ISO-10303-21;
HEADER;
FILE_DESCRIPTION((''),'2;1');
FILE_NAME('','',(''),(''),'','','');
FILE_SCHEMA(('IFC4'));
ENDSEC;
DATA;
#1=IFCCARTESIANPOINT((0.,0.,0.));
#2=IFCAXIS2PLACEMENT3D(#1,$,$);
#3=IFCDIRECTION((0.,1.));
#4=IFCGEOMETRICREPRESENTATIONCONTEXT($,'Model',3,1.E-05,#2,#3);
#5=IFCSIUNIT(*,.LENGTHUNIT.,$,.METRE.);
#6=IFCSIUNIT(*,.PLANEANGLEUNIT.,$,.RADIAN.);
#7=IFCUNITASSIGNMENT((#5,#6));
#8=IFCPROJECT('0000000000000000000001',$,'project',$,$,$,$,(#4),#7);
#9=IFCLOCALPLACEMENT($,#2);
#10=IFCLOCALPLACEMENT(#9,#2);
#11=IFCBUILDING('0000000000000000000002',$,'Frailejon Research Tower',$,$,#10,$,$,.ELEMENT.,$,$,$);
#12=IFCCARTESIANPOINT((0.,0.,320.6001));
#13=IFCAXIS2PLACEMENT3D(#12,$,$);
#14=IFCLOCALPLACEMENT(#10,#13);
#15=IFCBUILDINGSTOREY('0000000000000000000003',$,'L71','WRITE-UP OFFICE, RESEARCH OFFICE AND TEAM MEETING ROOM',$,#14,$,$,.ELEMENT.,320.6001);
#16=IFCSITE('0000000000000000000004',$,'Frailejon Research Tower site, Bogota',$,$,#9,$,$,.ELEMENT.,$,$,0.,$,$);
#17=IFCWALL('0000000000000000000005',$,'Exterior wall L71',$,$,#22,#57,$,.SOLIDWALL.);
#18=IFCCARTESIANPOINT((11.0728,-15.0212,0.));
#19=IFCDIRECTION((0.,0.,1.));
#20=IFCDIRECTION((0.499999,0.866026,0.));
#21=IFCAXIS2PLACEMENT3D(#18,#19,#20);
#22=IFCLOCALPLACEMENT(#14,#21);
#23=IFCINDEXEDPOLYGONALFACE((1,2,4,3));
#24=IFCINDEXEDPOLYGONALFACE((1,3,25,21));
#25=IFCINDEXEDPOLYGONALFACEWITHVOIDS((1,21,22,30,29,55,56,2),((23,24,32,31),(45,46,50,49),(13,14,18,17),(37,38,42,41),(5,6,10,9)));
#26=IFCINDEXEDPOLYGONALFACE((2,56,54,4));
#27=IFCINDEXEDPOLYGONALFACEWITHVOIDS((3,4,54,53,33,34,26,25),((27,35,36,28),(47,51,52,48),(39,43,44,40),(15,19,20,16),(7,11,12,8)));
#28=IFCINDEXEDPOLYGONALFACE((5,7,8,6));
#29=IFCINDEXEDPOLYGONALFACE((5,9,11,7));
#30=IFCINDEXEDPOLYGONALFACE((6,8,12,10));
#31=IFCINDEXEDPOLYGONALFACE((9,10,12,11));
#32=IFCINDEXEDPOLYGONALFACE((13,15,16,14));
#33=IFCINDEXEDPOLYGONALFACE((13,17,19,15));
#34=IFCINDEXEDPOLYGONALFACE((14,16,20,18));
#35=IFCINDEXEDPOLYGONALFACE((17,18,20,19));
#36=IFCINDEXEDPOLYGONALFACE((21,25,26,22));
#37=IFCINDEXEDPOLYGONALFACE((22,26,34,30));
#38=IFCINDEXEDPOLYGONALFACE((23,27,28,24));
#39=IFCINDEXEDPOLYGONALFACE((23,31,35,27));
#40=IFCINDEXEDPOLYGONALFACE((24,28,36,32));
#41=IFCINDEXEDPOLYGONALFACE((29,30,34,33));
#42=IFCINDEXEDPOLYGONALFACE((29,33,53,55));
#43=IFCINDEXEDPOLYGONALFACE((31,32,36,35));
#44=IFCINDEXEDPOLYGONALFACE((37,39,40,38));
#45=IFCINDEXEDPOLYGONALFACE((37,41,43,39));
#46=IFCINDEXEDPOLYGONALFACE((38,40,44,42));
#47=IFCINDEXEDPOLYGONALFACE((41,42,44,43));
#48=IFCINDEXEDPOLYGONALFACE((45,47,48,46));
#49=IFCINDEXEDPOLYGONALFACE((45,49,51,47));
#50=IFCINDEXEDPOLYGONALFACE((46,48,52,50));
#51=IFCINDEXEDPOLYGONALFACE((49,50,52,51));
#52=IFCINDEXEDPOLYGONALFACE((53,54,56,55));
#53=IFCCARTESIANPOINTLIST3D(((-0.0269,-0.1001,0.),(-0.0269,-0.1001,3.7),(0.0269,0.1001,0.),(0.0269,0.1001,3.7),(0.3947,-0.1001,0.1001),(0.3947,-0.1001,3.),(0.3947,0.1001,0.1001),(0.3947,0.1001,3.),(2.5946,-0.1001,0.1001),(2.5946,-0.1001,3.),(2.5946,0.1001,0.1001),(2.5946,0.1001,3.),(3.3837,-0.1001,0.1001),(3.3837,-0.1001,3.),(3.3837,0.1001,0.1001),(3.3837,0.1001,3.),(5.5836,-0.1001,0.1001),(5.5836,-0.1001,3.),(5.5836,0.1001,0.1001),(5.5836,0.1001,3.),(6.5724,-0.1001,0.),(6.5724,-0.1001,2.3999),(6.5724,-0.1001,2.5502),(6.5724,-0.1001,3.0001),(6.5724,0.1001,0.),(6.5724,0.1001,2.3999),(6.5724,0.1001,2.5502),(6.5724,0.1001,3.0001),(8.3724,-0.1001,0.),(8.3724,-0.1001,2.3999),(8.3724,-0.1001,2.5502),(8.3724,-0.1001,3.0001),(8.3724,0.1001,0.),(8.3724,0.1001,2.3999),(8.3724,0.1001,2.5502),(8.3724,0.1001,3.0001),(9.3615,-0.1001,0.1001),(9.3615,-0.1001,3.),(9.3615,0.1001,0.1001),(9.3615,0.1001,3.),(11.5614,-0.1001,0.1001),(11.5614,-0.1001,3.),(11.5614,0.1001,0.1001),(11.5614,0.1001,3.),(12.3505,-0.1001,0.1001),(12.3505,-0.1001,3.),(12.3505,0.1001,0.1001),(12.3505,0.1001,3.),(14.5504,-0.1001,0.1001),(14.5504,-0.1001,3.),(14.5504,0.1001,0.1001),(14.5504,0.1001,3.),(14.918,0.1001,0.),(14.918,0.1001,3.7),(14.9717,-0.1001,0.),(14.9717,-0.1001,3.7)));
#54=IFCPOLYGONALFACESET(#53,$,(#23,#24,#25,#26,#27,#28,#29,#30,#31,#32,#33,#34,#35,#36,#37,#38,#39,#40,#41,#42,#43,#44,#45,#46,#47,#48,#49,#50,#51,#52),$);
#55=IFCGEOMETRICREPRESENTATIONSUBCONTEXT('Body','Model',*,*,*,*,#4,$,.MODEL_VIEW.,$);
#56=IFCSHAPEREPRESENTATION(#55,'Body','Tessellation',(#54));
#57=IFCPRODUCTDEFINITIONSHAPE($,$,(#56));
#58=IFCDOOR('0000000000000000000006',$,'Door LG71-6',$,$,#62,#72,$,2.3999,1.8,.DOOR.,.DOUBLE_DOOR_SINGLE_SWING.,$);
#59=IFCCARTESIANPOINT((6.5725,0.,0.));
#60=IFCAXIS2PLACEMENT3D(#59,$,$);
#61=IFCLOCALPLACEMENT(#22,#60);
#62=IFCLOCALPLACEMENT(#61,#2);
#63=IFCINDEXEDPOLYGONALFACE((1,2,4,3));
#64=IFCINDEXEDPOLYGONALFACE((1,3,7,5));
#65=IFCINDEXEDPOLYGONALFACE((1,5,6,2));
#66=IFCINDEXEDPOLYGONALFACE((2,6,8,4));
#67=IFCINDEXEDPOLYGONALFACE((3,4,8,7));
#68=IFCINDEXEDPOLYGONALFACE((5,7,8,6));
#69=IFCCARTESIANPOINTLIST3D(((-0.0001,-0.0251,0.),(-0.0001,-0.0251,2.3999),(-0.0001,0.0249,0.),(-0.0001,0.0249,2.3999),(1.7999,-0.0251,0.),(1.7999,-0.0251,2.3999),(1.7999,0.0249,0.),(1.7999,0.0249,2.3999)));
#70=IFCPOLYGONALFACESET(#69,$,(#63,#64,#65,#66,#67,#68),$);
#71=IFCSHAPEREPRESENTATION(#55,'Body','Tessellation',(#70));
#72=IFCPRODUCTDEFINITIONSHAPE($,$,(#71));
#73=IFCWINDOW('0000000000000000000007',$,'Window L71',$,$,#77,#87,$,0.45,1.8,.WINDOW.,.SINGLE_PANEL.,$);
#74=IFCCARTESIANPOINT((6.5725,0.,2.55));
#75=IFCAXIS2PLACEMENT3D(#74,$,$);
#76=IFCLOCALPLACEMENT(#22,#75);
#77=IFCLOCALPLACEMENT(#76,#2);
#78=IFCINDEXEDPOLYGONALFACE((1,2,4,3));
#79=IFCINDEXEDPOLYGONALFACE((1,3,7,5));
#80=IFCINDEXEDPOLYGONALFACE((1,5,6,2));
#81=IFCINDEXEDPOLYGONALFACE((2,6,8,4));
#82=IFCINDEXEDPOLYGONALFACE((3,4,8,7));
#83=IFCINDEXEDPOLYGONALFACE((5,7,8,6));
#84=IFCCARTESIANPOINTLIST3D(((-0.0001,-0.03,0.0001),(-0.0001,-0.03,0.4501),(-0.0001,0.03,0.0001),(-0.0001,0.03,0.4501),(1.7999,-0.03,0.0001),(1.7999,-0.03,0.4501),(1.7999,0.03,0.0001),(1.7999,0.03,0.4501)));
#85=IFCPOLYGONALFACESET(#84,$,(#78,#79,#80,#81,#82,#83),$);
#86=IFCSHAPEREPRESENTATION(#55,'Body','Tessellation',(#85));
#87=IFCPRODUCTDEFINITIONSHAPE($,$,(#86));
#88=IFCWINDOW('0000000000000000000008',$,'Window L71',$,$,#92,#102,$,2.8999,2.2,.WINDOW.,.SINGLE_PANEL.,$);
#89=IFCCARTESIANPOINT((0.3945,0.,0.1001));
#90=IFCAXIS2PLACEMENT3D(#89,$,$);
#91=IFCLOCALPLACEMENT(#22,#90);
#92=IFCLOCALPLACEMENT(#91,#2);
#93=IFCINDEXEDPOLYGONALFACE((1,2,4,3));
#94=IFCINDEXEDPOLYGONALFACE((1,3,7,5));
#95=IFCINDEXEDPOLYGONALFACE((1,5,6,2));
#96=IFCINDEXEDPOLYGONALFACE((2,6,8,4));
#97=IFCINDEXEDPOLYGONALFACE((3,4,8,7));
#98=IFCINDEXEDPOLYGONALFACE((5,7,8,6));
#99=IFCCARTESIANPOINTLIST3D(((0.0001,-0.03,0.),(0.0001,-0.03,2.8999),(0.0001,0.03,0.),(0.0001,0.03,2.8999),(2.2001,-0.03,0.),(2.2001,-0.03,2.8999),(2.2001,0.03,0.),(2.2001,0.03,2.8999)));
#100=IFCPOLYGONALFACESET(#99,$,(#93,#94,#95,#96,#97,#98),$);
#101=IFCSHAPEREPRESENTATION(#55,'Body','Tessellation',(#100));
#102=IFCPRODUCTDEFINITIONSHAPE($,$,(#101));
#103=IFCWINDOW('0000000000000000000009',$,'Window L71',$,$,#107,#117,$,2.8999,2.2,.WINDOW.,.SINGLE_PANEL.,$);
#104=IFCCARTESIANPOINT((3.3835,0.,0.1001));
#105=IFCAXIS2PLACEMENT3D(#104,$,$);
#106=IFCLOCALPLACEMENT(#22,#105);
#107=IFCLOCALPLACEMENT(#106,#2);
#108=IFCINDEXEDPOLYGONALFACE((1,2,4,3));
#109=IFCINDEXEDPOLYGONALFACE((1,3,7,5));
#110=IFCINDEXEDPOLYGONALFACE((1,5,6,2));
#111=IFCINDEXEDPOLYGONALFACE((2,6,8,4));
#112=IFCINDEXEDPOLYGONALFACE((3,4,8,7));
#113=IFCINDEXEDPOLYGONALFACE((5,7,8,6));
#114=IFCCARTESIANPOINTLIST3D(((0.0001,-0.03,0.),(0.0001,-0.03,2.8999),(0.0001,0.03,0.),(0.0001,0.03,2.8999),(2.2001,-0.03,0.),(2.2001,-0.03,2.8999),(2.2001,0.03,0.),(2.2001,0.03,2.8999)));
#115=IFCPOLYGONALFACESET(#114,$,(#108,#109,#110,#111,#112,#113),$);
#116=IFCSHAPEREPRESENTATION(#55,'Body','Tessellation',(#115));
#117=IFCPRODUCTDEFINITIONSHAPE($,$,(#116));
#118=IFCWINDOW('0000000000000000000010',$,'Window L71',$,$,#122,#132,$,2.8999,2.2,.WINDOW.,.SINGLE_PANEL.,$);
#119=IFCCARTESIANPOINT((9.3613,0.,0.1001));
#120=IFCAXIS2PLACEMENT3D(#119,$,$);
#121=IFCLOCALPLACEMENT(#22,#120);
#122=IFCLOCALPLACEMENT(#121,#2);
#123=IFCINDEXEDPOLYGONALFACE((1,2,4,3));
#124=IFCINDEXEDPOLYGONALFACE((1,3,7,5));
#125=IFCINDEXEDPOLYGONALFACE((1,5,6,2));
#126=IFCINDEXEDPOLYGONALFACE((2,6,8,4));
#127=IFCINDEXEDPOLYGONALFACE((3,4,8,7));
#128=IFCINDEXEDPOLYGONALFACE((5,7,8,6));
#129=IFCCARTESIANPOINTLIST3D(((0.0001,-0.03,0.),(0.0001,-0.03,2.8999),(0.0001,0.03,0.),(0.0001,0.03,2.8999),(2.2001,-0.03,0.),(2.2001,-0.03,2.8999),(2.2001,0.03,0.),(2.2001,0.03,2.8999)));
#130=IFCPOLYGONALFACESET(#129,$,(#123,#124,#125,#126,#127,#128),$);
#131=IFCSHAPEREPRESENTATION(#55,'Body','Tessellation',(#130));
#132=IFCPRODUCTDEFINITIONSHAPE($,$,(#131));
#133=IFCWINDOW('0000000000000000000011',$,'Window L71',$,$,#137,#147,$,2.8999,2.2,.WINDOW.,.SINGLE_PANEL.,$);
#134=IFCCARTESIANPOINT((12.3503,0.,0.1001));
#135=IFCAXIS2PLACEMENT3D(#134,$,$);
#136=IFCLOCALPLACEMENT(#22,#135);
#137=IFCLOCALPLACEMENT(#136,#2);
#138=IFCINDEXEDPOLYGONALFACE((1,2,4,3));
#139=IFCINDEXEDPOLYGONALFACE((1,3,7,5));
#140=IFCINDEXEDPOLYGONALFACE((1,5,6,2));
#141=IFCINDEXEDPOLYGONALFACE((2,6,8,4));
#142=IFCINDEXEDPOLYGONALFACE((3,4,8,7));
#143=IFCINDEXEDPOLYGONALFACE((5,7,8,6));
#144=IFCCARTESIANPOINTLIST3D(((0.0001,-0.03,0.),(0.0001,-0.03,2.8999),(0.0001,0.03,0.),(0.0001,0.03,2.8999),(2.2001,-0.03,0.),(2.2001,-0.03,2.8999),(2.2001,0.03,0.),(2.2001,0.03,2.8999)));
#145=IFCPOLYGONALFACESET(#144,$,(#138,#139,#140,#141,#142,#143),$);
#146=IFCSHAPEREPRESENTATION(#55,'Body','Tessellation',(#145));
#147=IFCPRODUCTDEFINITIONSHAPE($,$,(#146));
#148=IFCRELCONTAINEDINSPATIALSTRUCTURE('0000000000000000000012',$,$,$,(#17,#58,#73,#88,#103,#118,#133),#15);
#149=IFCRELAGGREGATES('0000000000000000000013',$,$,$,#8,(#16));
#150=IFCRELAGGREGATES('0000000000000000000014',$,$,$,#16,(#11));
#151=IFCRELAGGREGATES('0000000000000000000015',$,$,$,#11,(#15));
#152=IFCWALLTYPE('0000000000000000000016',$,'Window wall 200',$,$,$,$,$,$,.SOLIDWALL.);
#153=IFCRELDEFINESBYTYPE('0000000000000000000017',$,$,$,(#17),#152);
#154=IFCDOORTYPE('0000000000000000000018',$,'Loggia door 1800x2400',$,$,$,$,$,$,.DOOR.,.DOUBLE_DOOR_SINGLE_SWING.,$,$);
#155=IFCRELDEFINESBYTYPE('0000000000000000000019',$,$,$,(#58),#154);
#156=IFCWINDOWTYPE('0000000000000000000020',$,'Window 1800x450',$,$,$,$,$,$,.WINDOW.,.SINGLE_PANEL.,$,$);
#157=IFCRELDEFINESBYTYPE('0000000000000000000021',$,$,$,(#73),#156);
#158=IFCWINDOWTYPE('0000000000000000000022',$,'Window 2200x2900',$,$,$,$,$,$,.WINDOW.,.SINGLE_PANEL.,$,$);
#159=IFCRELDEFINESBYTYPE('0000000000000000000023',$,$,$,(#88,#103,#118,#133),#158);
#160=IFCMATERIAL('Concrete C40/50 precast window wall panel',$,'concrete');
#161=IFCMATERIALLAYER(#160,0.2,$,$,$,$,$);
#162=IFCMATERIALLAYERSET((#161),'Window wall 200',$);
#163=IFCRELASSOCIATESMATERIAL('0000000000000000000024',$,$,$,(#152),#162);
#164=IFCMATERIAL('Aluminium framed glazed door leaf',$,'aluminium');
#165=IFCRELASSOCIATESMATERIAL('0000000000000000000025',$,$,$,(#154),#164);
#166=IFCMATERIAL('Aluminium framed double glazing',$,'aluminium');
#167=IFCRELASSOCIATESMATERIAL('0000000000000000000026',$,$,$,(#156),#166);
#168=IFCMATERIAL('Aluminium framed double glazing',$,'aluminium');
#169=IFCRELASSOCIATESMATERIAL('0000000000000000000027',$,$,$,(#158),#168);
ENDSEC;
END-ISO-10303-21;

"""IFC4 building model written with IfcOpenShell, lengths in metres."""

from ifc_helpers import new_model, si_unit, direction, frame, frame_2d, origin, place, context, subcontext, project, spatial, polyline, rectangle, outline, extrude, material, layer, layer_set, type_object, element, fill, save


model = new_model("IFC4")

# Units and contexts
model_context = context("Model", 3, precision=1e-05, world=origin(), true_north=direction((0.0, 1.0)))
body_context = subcontext(model_context, "Body", "Model", "MODEL_VIEW")
ifc_project = project(units=[si_unit("LENGTHUNIT", "METRE"), si_unit("PLANEANGLEUNIT", "RADIAN")], contexts=[model_context])

# Site, building, storey
site_placement = place(None, origin())
site = spatial("IfcSite", under=ifc_project, at=site_placement, Name="Frailejon Research Tower site, Bogota", CompositionType="ELEMENT", RefElevation=0.0)
building_placement = place(site_placement, origin())
building = spatial("IfcBuilding", under=site, at=building_placement, Name="Frailejon Research Tower", CompositionType="ELEMENT")
storey_placement = place(building_placement, frame((0.0, 0.0, 320.6001)))
storey = spatial("IfcBuildingStorey", under=building, at=storey_placement, Name="L71", Description="WRITE-UP OFFICE, RESEARCH OFFICE AND TEAM MEETING ROOM", CompositionType="ELEMENT", Elevation=320.6001)

# Wall, openings, door, windows
ifc_material_1 = material(Name="Concrete C40/50 precast window wall panel", Category="concrete")
ifc_layer_1 = layer(ifc_material_1, 0.2)
ifc_layer_set_1 = layer_set([ifc_layer_1], Name="Window wall 200")
wall_type_1 = type_object("IfcWallType", Name="Window wall 200", PredefinedType="SOLIDWALL", material=ifc_layer_set_1)
wall_1_placement = place(storey_placement, frame((11.0728, -15.0212, 0.0), z_axis=(0.0, 0.0, 1.0), x_axis=(0.499999, 0.866026, 0.0)))
wall_1 = element("IfcWall", 1, at=wall_1_placement, inside=storey, type_object=wall_type_1, Name="Exterior wall L71", PredefinedType="SOLIDWALL", context=body_context, shape_type="SweptSolid", body=[
    extrude(outline(polyline([(-0.0269, -0.1001), (1.0444, -0.1001), (2.1157, -0.1001), (3.187, -0.1001), (4.2585, -0.1001), (5.3298, -0.1001), (6.4011, -0.1001), (7.4724, -0.1001), (8.5437, -0.1001), (9.615, -0.1001), (10.6863, -0.1001), (11.7578, -0.1001), (12.8291, -0.1001), (13.9004, -0.1001), (14.9717, -0.1001), (14.918, 0.1001), (13.8542, 0.1001), (12.7908, 0.1001), (11.7271, 0.1001), (10.6633, 0.1001), (9.5996, 0.1001), (8.5361, 0.1001), (7.4724, 0.1001), (6.4087, 0.1001), (5.3452, 0.1001), (4.2815, 0.1001), (3.2178, 0.1001), (2.1541, 0.1001), (1.0906, 0.1001), (0.0269, 0.1001), (-0.0269, -0.1001)])), origin(), (0.0, 0.0, 1.0), 3.7),
])
opening_1_placement = place(wall_1_placement, frame((0.3945, 0.0, 0.1001)))
opening_1 = element("IfcOpeningElement", 2, at=opening_1_placement, cuts=wall_1, PredefinedType="OPENING", context=body_context, shape_type="SweptSolid", body=[
    extrude(rectangle(XDim=2.2, YDim=2.8999, at=frame_2d((1.1001, 1.45))), frame((0.0, 0.1099, 0.0), z_axis=(0.0, -1.0, 0.0), x_axis=(1.0, 0.0, 0.0)), (0.0, 0.0, 1.0), 0.22),
])
opening_2_placement = place(wall_1_placement, frame((3.3835, 0.0, 0.1001)))
opening_2 = element("IfcOpeningElement", 3, at=opening_2_placement, cuts=wall_1, PredefinedType="OPENING", context=body_context, shape_type="SweptSolid", body=[
    extrude(rectangle(XDim=2.2, YDim=2.8999, at=frame_2d((1.1001, 1.45))), frame((0.0, 0.1099, 0.0), z_axis=(0.0, -1.0, 0.0), x_axis=(1.0, 0.0, 0.0)), (0.0, 0.0, 1.0), 0.22),
])
opening_3_placement = place(wall_1_placement, frame((6.5725, 0.0, 0.0)))
opening_3 = element("IfcOpeningElement", 4, at=opening_3_placement, cuts=wall_1, PredefinedType="OPENING", context=body_context, shape_type="SweptSolid", body=[
    extrude(rectangle(XDim=1.8, YDim=2.3999, at=frame_2d((0.8999, 1.2))), frame((0.0, 0.1099, 0.0), z_axis=(0.0, -1.0, 0.0), x_axis=(1.0, 0.0, 0.0)), (0.0, 0.0, 1.0), 0.22),
])
opening_4_placement = place(wall_1_placement, frame((6.5725, 0.0, 2.55)))
opening_4 = element("IfcOpeningElement", 5, at=opening_4_placement, cuts=wall_1, PredefinedType="OPENING", context=body_context, shape_type="SweptSolid", body=[
    extrude(rectangle(XDim=1.8, YDim=0.45, at=frame_2d((0.8999, 0.2251))), frame((0.0, 0.1099, 0.0), z_axis=(0.0, -1.0, 0.0), x_axis=(1.0, 0.0, 0.0)), (0.0, 0.0, 1.0), 0.22),
])
opening_5_placement = place(wall_1_placement, frame((9.3613, 0.0, 0.1001)))
opening_5 = element("IfcOpeningElement", 6, at=opening_5_placement, cuts=wall_1, PredefinedType="OPENING", context=body_context, shape_type="SweptSolid", body=[
    extrude(rectangle(XDim=2.2, YDim=2.8999, at=frame_2d((1.1001, 1.45))), frame((0.0, 0.1099, 0.0), z_axis=(0.0, -1.0, 0.0), x_axis=(1.0, 0.0, 0.0)), (0.0, 0.0, 1.0), 0.22),
])
opening_6_placement = place(wall_1_placement, frame((12.3503, 0.0, 0.1001)))
opening_6 = element("IfcOpeningElement", 7, at=opening_6_placement, cuts=wall_1, PredefinedType="OPENING", context=body_context, shape_type="SweptSolid", body=[
    extrude(rectangle(XDim=2.2, YDim=2.8999, at=frame_2d((1.1001, 1.45))), frame((0.0, 0.1099, 0.0), z_axis=(0.0, -1.0, 0.0), x_axis=(1.0, 0.0, 0.0)), (0.0, 0.0, 1.0), 0.22),
])
ifc_material_2 = material(Name="Aluminium framed glazed door leaf", Category="aluminium")
door_type = type_object("IfcDoorType", Name="Loggia door 1800x2400", OperationType="DOUBLE_DOOR_SINGLE_SWING", PredefinedType="DOOR", material=ifc_material_2)
door_placement = place(opening_3_placement, origin())
door = element("IfcDoor", 8, at=door_placement, inside=storey, type_object=door_type, Name="Door LG71-6", OperationType="DOUBLE_DOOR_SINGLE_SWING", OverallHeight=2.3999, OverallWidth=1.8, PredefinedType="DOOR", context=body_context, shape_type="SweptSolid", body=[
    extrude(rectangle(XDim=1.8, YDim=2.3999, at=frame_2d((0.8999, 1.2))), frame((0.0, 0.0249, 0.0), z_axis=(0.0, -1.0, 0.0), x_axis=(1.0, 0.0, 0.0)), (0.0, 0.0, 1.0), 0.05),
])
fill(opening_3, door)
ifc_material_3 = material(Name="Aluminium framed double glazing", Category="aluminium")
window_type_1 = type_object("IfcWindowType", Name="Window 1800x450", PartitioningType="SINGLE_PANEL", PredefinedType="WINDOW", material=ifc_material_3)
window_1_placement = place(opening_4_placement, origin())
window_1 = element("IfcWindow", 9, at=window_1_placement, inside=storey, type_object=window_type_1, Name="Window L71", OverallHeight=0.45, OverallWidth=1.8, PartitioningType="SINGLE_PANEL", PredefinedType="WINDOW", context=body_context, shape_type="SweptSolid", body=[
    extrude(rectangle(XDim=1.8, YDim=0.45, at=frame_2d((0.8999, 0.2251))), frame((0.0, 0.03, 0.0), z_axis=(0.0, -1.0, 0.0), x_axis=(1.0, 0.0, 0.0)), (0.0, 0.0, 1.0), 0.0601),
])
fill(opening_4, window_1)
ifc_material_4 = material(Name="Aluminium framed double glazing", Category="aluminium")
window_type_2 = type_object("IfcWindowType", Name="Window 2200x2900", PartitioningType="SINGLE_PANEL", PredefinedType="WINDOW", material=ifc_material_4)
window_2_placement = place(opening_1_placement, origin())
window_2 = element("IfcWindow", 10, at=window_2_placement, inside=storey, type_object=window_type_2, Name="Window L71", OverallHeight=2.8999, OverallWidth=2.2, PartitioningType="SINGLE_PANEL", PredefinedType="WINDOW", context=body_context, shape_type="SweptSolid", body=[
    extrude(rectangle(XDim=2.2, YDim=2.8999, at=frame_2d((1.1001, 1.45))), frame((0.0, 0.03, 0.0), z_axis=(0.0, -1.0, 0.0), x_axis=(1.0, 0.0, 0.0)), (0.0, 0.0, 1.0), 0.0601),
])
fill(opening_1, window_2)
window_3_placement = place(opening_2_placement, origin())
window_3 = element("IfcWindow", 11, at=window_3_placement, inside=storey, type_object=window_type_2, Name="Window L71", OverallHeight=2.8999, OverallWidth=2.2, PartitioningType="SINGLE_PANEL", PredefinedType="WINDOW", context=body_context, shape_type="SweptSolid", body=[
    extrude(rectangle(XDim=2.2, YDim=2.8999, at=frame_2d((1.1001, 1.45))), frame((0.0, 0.03, 0.0), z_axis=(0.0, -1.0, 0.0), x_axis=(1.0, 0.0, 0.0)), (0.0, 0.0, 1.0), 0.0601),
])
fill(opening_2, window_3)
window_4_placement = place(opening_5_placement, origin())
window_4 = element("IfcWindow", 12, at=window_4_placement, inside=storey, type_object=window_type_2, Name="Window L71", OverallHeight=2.8999, OverallWidth=2.2, PartitioningType="SINGLE_PANEL", PredefinedType="WINDOW", context=body_context, shape_type="SweptSolid", body=[
    extrude(rectangle(XDim=2.2, YDim=2.8999, at=frame_2d((1.1001, 1.45))), frame((0.0, 0.03, 0.0), z_axis=(0.0, -1.0, 0.0), x_axis=(1.0, 0.0, 0.0)), (0.0, 0.0, 1.0), 0.0601),
])
fill(opening_5, window_4)
window_5_placement = place(opening_6_placement, origin())
window_5 = element("IfcWindow", 13, at=window_5_placement, inside=storey, type_object=window_type_2, Name="Window L71", OverallHeight=2.8999, OverallWidth=2.2, PartitioningType="SINGLE_PANEL", PredefinedType="WINDOW", context=body_context, shape_type="SweptSolid", body=[
    extrude(rectangle(XDim=2.2, YDim=2.8999, at=frame_2d((1.1001, 1.45))), frame((0.0, 0.03, 0.0), z_axis=(0.0, -1.0, 0.0), x_axis=(1.0, 0.0, 0.0)), (0.0, 0.0, 1.0), 0.0601),
])
fill(opening_6, window_5)

save(model, "model.ifc")
